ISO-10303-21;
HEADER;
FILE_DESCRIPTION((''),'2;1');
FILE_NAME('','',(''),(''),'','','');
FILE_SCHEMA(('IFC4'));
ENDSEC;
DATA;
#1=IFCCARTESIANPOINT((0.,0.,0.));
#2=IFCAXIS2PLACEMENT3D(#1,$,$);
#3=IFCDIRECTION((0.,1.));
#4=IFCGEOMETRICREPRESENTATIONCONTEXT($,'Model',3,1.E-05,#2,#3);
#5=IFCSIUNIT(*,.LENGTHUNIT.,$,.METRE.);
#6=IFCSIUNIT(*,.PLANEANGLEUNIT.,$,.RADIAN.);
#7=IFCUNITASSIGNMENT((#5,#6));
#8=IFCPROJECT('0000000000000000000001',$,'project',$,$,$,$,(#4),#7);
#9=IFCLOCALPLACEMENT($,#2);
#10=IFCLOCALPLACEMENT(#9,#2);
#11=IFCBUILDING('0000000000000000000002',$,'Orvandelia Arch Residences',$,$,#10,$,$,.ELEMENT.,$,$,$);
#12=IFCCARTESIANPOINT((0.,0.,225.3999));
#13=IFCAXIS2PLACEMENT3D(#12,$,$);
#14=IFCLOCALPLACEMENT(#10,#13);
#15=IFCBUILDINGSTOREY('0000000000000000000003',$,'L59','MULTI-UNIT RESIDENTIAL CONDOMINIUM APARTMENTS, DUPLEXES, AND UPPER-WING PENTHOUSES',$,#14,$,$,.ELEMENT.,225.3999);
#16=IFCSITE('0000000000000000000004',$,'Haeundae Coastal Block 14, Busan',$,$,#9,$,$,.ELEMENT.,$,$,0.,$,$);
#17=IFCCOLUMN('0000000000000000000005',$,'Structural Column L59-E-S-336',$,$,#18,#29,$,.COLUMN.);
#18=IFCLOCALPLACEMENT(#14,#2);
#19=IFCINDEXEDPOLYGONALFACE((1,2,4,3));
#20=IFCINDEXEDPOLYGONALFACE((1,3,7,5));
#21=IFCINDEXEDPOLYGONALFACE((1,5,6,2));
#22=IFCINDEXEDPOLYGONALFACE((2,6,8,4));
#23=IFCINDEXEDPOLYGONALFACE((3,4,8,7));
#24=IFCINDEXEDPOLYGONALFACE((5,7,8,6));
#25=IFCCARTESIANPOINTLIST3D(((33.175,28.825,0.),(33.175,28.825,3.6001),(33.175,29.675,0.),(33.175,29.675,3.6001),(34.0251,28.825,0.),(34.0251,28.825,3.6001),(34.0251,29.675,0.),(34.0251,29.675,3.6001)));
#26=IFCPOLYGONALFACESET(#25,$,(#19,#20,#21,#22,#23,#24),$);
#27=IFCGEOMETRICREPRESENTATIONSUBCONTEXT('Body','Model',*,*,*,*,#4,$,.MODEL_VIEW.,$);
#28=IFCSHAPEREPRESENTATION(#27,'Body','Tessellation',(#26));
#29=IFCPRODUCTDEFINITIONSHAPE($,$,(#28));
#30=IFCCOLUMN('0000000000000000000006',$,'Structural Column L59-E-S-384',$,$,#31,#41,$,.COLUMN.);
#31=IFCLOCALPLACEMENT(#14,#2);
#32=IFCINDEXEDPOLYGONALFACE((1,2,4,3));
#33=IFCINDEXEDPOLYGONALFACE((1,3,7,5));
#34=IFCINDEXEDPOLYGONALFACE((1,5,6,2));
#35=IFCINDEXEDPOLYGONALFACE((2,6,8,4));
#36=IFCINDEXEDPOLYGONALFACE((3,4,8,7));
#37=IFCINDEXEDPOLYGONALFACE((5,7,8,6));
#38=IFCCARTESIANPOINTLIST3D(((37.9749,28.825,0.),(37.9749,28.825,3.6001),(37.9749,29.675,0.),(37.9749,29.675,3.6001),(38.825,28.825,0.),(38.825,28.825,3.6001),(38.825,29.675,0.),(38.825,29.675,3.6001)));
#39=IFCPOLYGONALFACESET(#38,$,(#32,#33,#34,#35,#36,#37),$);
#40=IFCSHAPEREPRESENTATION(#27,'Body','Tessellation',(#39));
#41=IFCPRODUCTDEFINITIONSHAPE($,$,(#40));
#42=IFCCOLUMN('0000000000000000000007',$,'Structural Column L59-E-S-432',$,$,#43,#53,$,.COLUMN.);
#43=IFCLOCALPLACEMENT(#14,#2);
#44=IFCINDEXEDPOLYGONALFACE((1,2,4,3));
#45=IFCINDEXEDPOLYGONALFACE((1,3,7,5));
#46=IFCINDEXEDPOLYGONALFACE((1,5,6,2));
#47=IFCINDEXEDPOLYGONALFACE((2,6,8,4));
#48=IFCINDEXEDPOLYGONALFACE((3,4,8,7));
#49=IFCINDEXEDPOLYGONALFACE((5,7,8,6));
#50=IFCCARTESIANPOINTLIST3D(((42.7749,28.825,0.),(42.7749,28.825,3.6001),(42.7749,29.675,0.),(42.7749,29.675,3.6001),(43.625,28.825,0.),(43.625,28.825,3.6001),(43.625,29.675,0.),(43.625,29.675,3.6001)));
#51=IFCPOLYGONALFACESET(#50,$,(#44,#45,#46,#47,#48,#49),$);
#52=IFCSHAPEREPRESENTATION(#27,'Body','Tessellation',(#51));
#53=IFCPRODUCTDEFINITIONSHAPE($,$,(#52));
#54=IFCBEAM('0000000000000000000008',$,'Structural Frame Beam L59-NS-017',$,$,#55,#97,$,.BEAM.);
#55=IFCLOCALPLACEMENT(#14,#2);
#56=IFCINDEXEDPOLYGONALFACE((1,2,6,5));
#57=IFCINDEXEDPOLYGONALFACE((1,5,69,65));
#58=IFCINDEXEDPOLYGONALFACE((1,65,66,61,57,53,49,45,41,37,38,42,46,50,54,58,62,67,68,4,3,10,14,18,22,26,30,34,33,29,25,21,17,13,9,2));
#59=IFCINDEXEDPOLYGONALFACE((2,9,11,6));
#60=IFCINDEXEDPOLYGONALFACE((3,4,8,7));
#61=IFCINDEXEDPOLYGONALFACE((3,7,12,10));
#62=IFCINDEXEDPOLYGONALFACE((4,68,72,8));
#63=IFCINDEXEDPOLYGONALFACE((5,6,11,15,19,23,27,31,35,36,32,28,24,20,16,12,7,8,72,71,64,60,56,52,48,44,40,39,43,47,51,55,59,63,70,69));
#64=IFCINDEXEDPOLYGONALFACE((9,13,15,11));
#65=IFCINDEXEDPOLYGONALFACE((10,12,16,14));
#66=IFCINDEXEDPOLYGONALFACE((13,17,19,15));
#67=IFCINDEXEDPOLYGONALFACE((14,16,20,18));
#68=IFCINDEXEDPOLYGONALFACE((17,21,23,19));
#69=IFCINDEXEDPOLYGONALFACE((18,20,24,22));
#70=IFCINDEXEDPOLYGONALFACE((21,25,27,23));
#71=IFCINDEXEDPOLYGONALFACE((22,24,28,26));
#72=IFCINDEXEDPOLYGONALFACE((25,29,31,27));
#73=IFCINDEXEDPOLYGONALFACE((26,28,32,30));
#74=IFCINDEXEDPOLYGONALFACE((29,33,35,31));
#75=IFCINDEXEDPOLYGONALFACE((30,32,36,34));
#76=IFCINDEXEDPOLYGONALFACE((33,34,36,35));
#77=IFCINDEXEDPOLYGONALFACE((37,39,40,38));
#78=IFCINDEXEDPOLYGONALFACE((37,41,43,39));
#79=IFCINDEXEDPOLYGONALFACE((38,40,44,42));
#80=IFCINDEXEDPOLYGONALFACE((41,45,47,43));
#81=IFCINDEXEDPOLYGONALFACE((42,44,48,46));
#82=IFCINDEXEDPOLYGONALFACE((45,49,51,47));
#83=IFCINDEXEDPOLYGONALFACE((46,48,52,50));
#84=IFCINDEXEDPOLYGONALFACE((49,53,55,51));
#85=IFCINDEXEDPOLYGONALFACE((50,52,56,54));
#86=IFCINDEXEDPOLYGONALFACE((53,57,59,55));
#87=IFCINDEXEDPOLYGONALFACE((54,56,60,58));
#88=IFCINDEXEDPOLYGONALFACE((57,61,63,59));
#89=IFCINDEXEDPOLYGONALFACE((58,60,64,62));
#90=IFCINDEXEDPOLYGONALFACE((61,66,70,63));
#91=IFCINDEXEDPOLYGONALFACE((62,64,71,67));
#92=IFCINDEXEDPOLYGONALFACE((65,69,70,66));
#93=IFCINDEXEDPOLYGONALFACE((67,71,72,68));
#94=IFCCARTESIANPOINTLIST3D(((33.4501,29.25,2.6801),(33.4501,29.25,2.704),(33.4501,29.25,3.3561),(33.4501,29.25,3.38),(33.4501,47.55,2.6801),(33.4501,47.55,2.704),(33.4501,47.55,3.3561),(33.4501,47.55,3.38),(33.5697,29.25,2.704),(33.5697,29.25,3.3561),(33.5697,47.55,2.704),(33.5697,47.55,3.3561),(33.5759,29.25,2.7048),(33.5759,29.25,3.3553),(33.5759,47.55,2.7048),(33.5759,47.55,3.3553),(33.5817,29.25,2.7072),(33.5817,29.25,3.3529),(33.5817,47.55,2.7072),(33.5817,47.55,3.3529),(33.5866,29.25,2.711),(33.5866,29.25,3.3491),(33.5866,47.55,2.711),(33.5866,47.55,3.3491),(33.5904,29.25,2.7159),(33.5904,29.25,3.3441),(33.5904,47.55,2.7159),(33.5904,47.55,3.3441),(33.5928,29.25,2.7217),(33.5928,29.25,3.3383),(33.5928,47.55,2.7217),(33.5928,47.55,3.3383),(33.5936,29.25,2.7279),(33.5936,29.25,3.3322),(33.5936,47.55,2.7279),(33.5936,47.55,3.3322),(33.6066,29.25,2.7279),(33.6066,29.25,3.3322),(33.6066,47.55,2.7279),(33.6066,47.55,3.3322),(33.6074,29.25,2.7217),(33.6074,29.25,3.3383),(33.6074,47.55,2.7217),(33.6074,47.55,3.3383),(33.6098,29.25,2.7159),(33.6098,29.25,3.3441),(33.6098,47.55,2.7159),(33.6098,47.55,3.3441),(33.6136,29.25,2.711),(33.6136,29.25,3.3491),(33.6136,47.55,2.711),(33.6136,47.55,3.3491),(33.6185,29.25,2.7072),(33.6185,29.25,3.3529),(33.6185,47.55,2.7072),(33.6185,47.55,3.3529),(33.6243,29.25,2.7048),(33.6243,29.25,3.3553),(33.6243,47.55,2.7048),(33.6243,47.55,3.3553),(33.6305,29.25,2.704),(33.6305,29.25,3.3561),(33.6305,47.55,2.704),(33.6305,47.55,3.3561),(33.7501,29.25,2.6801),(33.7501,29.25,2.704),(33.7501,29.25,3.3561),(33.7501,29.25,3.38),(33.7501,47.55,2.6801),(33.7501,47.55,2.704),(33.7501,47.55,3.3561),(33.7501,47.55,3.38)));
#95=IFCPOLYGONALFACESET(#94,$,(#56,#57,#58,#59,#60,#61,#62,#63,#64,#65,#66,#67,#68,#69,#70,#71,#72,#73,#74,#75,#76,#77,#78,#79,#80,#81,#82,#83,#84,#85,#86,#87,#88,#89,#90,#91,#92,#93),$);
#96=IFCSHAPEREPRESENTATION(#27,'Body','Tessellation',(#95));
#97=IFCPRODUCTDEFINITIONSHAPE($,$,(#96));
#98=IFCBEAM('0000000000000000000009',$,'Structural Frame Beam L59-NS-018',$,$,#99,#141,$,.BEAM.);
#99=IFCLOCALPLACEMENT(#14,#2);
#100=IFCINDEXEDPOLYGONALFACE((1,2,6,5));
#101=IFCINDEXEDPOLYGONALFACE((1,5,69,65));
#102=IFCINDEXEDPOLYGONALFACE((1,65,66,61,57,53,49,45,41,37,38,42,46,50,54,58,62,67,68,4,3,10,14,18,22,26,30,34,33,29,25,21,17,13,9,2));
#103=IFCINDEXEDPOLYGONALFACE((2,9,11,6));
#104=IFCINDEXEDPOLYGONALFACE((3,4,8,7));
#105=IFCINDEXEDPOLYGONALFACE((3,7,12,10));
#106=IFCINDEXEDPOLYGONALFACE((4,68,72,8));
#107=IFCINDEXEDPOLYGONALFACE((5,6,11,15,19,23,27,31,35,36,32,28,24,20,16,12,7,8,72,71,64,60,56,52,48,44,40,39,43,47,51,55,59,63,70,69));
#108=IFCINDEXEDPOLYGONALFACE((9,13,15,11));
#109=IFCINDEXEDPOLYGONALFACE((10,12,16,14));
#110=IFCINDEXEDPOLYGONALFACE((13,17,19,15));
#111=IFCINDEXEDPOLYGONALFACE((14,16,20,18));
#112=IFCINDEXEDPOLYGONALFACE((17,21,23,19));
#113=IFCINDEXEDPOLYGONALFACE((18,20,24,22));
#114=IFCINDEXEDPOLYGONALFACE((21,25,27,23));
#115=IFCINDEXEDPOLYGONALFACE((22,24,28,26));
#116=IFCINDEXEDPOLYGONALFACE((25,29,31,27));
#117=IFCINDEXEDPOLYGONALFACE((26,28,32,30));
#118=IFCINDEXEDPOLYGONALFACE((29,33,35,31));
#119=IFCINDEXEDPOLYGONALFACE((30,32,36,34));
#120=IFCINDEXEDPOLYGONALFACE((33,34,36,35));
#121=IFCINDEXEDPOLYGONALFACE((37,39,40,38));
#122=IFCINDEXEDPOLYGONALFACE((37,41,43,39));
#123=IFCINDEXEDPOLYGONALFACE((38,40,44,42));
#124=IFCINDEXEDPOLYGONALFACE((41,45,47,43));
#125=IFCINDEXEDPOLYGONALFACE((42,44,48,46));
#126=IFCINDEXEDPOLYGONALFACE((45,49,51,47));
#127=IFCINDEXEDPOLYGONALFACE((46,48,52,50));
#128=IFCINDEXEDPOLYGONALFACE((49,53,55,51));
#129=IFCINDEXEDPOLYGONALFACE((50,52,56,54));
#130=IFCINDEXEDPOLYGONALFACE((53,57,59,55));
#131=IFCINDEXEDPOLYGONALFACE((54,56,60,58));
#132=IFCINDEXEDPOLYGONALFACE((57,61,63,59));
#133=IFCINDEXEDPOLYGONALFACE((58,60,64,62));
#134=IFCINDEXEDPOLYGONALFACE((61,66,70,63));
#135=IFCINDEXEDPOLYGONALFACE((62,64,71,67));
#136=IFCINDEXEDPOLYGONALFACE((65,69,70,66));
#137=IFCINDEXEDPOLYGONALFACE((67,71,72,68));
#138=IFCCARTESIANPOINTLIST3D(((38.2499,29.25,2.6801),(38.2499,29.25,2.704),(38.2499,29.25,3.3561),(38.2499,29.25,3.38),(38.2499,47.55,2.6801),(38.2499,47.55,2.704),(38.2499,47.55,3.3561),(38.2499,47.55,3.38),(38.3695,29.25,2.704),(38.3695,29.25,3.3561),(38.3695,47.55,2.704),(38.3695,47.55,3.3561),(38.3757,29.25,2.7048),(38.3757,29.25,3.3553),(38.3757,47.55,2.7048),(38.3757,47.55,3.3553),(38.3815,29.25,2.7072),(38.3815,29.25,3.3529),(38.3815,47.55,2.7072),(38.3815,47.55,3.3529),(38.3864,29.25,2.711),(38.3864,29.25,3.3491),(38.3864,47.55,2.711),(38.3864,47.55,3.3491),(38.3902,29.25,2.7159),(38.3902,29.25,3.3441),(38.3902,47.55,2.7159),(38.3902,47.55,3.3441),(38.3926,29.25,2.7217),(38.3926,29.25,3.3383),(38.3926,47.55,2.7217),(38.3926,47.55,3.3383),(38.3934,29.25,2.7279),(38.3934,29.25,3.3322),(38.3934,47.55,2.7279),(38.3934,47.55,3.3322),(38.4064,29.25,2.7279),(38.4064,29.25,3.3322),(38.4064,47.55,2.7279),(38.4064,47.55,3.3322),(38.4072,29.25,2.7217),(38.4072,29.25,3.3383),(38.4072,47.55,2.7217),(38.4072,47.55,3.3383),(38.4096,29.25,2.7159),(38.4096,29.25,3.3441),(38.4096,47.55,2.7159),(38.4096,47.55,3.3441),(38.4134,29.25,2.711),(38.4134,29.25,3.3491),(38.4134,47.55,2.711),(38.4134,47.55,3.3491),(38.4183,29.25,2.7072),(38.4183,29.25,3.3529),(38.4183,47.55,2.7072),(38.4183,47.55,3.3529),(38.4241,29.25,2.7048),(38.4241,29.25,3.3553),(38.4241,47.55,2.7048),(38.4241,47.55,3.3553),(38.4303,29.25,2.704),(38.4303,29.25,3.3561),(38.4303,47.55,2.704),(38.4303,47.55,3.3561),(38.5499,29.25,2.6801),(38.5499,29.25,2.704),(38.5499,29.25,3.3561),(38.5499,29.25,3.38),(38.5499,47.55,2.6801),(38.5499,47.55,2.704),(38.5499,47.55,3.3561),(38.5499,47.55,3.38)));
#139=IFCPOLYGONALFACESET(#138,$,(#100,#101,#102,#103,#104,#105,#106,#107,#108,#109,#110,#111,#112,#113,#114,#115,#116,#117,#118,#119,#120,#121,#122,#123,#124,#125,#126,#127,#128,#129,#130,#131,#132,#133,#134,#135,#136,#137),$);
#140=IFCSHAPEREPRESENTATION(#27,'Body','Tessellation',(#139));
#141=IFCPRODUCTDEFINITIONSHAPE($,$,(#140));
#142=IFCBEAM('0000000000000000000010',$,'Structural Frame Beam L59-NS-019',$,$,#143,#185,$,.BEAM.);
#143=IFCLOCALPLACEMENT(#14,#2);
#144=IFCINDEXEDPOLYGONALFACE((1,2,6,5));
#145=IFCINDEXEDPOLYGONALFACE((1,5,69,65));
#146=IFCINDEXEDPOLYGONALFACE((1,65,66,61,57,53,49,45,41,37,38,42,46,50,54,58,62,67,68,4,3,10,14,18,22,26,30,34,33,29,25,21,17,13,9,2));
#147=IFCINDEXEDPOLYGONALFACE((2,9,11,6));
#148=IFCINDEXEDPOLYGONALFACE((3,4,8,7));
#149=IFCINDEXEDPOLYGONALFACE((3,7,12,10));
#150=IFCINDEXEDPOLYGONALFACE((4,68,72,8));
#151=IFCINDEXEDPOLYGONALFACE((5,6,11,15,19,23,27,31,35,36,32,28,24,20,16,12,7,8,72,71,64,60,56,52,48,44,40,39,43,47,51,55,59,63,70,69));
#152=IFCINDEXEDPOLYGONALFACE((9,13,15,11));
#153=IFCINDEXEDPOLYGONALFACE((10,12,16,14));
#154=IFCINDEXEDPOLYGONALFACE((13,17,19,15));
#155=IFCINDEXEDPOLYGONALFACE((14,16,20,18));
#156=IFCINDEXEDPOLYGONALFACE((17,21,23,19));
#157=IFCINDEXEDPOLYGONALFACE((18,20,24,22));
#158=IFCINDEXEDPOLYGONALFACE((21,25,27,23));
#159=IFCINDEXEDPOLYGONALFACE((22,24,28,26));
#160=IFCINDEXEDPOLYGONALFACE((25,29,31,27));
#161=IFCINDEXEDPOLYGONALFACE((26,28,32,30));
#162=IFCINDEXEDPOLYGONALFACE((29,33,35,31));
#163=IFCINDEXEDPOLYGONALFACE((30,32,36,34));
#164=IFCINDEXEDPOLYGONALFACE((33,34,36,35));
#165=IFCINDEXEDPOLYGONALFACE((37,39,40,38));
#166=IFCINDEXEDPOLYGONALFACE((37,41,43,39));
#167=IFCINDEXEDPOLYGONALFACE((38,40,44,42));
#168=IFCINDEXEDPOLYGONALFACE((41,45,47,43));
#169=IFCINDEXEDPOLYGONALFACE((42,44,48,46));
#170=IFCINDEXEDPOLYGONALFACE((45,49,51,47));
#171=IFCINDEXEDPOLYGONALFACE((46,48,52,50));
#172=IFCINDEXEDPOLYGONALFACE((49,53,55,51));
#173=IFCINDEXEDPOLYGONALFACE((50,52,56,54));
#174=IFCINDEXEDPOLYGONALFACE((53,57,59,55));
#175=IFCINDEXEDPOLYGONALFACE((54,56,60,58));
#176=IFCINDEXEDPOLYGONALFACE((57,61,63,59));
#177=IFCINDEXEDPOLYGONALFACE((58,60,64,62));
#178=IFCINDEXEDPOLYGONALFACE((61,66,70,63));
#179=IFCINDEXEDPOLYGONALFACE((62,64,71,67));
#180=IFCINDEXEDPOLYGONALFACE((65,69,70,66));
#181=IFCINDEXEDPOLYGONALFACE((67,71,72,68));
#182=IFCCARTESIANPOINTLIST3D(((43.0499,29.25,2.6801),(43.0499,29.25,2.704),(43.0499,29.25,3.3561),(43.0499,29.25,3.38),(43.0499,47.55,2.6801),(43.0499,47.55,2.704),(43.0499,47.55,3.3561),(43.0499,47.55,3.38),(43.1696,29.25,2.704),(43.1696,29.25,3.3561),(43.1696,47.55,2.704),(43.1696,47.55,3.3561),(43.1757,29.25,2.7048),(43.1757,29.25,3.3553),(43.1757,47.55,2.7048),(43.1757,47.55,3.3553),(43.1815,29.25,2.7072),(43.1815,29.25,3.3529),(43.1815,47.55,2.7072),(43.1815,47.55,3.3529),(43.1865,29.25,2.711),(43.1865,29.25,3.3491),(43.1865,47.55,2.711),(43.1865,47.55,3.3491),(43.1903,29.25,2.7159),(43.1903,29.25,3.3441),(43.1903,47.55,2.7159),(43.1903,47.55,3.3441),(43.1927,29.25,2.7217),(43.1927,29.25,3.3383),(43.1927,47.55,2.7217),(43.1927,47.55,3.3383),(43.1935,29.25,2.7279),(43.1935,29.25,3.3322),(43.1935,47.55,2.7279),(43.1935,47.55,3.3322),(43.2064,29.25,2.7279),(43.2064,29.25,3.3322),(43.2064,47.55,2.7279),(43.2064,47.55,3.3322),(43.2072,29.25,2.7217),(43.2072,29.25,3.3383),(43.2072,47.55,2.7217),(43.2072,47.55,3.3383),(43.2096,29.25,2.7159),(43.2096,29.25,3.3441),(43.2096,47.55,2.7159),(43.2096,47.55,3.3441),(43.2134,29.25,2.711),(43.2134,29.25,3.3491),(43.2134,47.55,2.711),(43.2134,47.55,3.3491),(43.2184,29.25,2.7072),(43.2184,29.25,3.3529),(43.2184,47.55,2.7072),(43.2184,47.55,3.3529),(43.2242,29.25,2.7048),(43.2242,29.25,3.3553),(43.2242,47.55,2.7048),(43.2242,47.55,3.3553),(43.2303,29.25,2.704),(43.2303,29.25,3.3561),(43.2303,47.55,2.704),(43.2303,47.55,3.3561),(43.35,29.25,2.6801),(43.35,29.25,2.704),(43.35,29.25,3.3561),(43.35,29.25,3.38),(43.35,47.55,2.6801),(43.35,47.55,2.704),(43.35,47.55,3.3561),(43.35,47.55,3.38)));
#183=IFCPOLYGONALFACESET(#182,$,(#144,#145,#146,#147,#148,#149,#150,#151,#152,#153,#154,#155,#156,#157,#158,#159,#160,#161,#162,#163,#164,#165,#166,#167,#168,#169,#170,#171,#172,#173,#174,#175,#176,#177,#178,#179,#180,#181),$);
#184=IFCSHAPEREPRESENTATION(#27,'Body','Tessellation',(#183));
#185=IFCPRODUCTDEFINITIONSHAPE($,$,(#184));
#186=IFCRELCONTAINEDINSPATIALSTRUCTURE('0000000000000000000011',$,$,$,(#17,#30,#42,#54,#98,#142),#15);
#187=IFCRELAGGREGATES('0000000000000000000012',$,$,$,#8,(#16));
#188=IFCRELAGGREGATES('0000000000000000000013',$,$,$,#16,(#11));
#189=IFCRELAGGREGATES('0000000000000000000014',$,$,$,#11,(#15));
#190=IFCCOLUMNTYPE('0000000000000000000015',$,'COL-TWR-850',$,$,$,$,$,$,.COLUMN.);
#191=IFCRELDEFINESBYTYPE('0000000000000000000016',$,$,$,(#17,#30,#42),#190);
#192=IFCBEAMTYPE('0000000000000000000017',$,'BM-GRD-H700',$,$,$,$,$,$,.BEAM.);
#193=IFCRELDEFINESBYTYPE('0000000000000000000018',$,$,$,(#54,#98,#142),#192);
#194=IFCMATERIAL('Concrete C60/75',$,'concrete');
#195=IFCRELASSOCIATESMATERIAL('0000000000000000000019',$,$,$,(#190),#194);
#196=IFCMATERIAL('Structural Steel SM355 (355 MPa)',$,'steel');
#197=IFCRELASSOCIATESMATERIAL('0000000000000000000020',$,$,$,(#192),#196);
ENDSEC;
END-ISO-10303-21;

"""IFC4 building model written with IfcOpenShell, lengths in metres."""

from ifc_helpers import new_model, si_unit, direction, frame, origin, origin_2d, place, context, subcontext, project, spatial, rectangle, i_section, extrude, material, material_profile, profile_set, type_object, element, save


model = new_model("IFC4")

# Units and contexts
model_context = context("Model", 3, precision=1e-05, world=origin(), true_north=direction((0.0, 1.0)))
body_context = subcontext(model_context, "Body", "Model", "MODEL_VIEW")
ifc_project = project(units=[si_unit("LENGTHUNIT", "METRE"), si_unit("PLANEANGLEUNIT", "RADIAN")], contexts=[model_context])

# Site, building, storey
site_placement = place(None, origin())
site = spatial("IfcSite", under=ifc_project, at=site_placement, Name="Haeundae Coastal Block 14, Busan", CompositionType="ELEMENT", RefElevation=0.0)
building_placement = place(site_placement, origin())
building = spatial("IfcBuilding", under=site, at=building_placement, Name="Orvandelia Arch Residences", CompositionType="ELEMENT")
storey_placement = place(building_placement, frame((0.0, 0.0, 225.3999)))
storey = spatial("IfcBuildingStorey", under=building, at=storey_placement, Name="L59", Description="MULTI-UNIT RESIDENTIAL CONDOMINIUM APARTMENTS, DUPLEXES, AND UPPER-WING PENTHOUSES", CompositionType="ELEMENT", Elevation=225.3999)

# Columns
ifc_material_1 = material(Name="Concrete C60/75", Category="concrete")
ifc_material_profile_1 = material_profile(ifc_material_1, rectangle(XDim=0.8501, YDim=0.8501, at=origin_2d()), Name="Concrete C60/75", Category="concrete")
ifc_profile_set_1 = profile_set([ifc_material_profile_1], Name="Concrete C60/75")
column_type = type_object("IfcColumnType", Name="COL-TWR-850", PredefinedType="COLUMN", material=ifc_profile_set_1)
for number, where, z_axis, x_axis, name in (
    (1, (33.6001, 29.25, 0.0), (0.0, 0.0, 1.0), (1.0, 0.0, 0.0), "Structural Column L59-E-S-336"),
    (2, (38.3999, 29.25, 0.0), (0.0, 0.0, 1.0), (1.0, 0.0, 0.0), "Structural Column L59-E-S-384"),
    (3, (43.2, 29.25, 0.0), (0.0, 0.0, 1.0), (1.0, 0.0, 0.0), "Structural Column L59-E-S-432"),
):
    element("IfcColumn", number, at=place(storey_placement, frame(where, z_axis=z_axis, x_axis=x_axis)), inside=storey, type_object=column_type, Name=name, PredefinedType="COLUMN", context=body_context, shape_type="SweptSolid", body=[
        extrude(rectangle(XDim=0.8501, YDim=0.8501, at=origin_2d()), origin(), (0.0, 0.0, 1.0), 3.6001),
    ])

# Beams
ifc_material_2 = material(Name="Structural Steel SM355 (355 MPa)", Category="steel")
ifc_material_profile_2 = material_profile(ifc_material_2, i_section(OverallWidth=0.3, OverallDepth=0.7, WebThickness=0.0129, FlangeThickness=0.0239, FilletRadius=0.0239, at=origin_2d()), Name="Structural Steel SM355 (355 MPa)", Category="steel")
ifc_profile_set_2 = profile_set([ifc_material_profile_2], Name="Structural Steel SM355 (355 MPa)")
beam_type = type_object("IfcBeamType", Name="BM-GRD-H700", PredefinedType="BEAM", material=ifc_profile_set_2)
for number, where, z_axis, x_axis, name in (
    (4, (33.6001, 29.25, 3.03), (0.0, 1.0, 0.0), (-1.0, 0.0, 0.0), "Structural Frame Beam L59-NS-017"),
    (5, (38.3999, 29.25, 3.03), (0.0, 1.0, 0.0), (-1.0, 0.0, 0.0), "Structural Frame Beam L59-NS-018"),
    (6, (43.2, 29.25, 3.03), (0.0, 1.0, 0.0), (-1.0, 0.0, 0.0), "Structural Frame Beam L59-NS-019"),
):
    element("IfcBeam", number, at=place(storey_placement, frame(where, z_axis=z_axis, x_axis=x_axis)), inside=storey, type_object=beam_type, Name=name, PredefinedType="BEAM", context=body_context, shape_type="SweptSolid", body=[
        extrude(i_section(OverallWidth=0.3, OverallDepth=0.7, WebThickness=0.0129, FlangeThickness=0.0239, FilletRadius=0.0239, at=origin_2d()), origin(), (0.0, 0.0, 1.0), 18.3),
    ])

save(model, "model.ifc")
